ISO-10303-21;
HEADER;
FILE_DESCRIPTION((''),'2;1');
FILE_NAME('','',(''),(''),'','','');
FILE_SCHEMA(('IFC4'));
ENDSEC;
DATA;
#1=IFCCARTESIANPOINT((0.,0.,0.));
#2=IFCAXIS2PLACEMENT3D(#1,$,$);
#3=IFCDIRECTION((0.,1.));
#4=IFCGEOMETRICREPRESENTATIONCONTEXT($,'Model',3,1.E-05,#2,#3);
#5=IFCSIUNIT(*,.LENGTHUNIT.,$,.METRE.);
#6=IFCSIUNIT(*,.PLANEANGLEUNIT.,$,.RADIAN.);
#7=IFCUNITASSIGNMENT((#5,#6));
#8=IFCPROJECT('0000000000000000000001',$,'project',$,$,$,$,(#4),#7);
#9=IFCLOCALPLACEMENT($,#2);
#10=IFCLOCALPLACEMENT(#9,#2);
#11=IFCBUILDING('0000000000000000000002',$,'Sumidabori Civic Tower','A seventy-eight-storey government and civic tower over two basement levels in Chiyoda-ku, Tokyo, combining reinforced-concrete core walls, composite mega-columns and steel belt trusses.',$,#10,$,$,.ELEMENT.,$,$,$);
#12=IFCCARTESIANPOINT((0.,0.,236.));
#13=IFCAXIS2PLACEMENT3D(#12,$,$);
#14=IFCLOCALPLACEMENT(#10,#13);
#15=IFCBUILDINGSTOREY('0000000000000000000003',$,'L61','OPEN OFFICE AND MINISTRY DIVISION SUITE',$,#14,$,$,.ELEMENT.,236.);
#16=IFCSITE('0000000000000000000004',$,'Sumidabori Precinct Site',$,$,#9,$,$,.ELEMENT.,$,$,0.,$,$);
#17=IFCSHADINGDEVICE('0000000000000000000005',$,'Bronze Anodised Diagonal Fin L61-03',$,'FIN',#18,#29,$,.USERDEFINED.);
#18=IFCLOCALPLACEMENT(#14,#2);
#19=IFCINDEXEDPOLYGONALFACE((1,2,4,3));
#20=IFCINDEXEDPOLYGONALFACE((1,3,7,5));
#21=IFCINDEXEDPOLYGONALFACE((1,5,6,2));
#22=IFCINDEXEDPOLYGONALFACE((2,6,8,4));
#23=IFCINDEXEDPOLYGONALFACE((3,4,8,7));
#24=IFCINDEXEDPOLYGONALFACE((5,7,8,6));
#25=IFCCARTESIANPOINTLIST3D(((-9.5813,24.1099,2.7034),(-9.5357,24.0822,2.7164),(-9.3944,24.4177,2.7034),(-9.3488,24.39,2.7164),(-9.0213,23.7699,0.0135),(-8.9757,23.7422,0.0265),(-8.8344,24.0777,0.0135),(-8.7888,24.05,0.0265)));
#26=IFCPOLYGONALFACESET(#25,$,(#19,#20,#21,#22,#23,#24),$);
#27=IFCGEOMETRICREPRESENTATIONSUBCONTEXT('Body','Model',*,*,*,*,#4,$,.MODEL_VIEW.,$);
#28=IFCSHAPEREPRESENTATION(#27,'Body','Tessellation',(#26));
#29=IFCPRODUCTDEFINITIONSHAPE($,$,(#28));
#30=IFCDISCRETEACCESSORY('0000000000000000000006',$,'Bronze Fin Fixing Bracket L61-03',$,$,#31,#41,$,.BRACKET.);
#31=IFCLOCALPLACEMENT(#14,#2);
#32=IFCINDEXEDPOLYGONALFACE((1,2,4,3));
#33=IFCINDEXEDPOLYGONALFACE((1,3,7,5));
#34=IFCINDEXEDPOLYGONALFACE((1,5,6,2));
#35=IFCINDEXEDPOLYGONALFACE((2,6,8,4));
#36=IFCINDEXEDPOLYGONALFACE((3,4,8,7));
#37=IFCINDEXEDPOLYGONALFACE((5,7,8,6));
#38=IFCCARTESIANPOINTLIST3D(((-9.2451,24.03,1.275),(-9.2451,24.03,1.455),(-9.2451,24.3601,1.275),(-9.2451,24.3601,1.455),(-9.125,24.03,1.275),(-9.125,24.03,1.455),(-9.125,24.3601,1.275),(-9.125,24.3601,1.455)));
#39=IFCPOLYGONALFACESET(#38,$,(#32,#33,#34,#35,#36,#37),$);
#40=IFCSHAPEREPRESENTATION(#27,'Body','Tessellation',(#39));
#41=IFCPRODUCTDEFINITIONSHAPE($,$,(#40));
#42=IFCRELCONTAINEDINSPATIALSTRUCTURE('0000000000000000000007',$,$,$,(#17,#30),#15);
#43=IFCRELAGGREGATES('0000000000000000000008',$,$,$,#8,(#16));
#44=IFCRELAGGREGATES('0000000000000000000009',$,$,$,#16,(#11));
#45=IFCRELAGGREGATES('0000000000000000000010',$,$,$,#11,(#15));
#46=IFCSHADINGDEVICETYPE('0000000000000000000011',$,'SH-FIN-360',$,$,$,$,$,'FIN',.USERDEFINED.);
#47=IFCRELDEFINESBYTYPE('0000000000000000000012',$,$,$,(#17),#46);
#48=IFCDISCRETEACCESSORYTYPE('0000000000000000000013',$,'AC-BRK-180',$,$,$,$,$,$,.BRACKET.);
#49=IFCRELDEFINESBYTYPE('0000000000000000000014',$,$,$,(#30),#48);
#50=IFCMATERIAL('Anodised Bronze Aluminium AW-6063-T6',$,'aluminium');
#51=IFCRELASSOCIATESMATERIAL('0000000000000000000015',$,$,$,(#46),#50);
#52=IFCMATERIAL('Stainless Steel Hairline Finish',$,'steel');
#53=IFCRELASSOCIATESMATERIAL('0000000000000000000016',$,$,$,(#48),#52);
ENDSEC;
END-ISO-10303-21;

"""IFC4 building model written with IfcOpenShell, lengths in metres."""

from ifc_helpers import new_model, si_unit, direction, frame, origin, origin_2d, place, context, subcontext, project, spatial, rectangle, extrude, source, transform, mapped, material, material_profile, profile_set, type_object, element, save


model = new_model("IFC4")

# Units and contexts
model_context = context("Model", 3, precision=1e-05, world=origin(), true_north=direction((0.0, 1.0)))
body_context = subcontext(model_context, "Body", "Model", "MODEL_VIEW")
ifc_project = project(units=[si_unit("LENGTHUNIT", "METRE"), si_unit("PLANEANGLEUNIT", "RADIAN")], contexts=[model_context])

# Site, building, storey
site_placement = place(None, origin())
site = spatial("IfcSite", under=ifc_project, at=site_placement, Name="Sumidabori Precinct Site", CompositionType="ELEMENT", RefElevation=0.0)
building_placement = place(site_placement, origin())
building = spatial("IfcBuilding", under=site, at=building_placement, Name="Sumidabori Civic Tower", Description="A seventy-eight-storey government and civic tower over two basement levels in Chiyoda-ku, Tokyo, combining reinforced-concrete core walls, composite mega-columns and steel belt trusses.", CompositionType="ELEMENT")
storey_placement = place(building_placement, frame((0.0, 0.0, 236.0)))
storey = spatial("IfcBuildingStorey", under=building, at=storey_placement, Name="L61", Description="OPEN OFFICE AND MINISTRY DIVISION SUITE", CompositionType="ELEMENT", Elevation=236.0)

# Shared definitions
ifc_material_1 = material(Name="Anodised Bronze Aluminium AW-6063-T6", Category="aluminium")

# Shading device
ifc_material_profile_1 = material_profile(ifc_material_1, rectangle(XDim=0.0549, YDim=0.3601, at=origin_2d()), Name="BRONZE FIN 360x55")
ifc_profile_set_1 = profile_set([ifc_material_profile_1], Name="Anodised Bronze Aluminium AW-6063-T6")
shading_device_type = type_object("IfcShadingDeviceType", Name="SH-FIN-360", ElementType="FIN", PredefinedType="USERDEFINED", material=ifc_profile_set_1)
shared_shape_1 = source(origin(), body_context, "Body", "SweptSolid", [
    extrude(rectangle(XDim=0.0549, YDim=0.3601, at=origin_2d()), origin(), (0.0, 0.0, 1.0), 2.7686),
])
shading_device_placement = place(storey_placement, frame((-8.905, 23.9099, 0.02), z_axis=(-0.20229, 0.122838, 0.971591), x_axis=(0.83047, -0.504291, 0.236665)))
element("IfcShadingDevice", 1, at=shading_device_placement, inside=storey, type_object=shading_device_type, Name="Bronze Anodised Diagonal Fin L61-03", ObjectType="FIN", PredefinedType="USERDEFINED", context=body_context, shape_type="MappedRepresentation", body=[
    mapped(shared_shape_1, transform((0.0, 0.0, 0.0), x_axis=(1.0, 0.0, 0.0), y_axis=(0.0, 1.0, 0.0), z_axis=(0.0, 0.0, 1.0), scale=1.0)),
])

# Discrete accessory
ifc_material_2 = material(Name="Stainless Steel Hairline Finish", Category="steel")
ifc_material_profile_2 = material_profile(ifc_material_2, rectangle(XDim=0.1201, YDim=0.1799, at=origin_2d()), Name="STEEL BRACKET 180x120")
ifc_profile_set_2 = profile_set([ifc_material_profile_2], Name="Stainless Steel Hairline Finish")
discrete_accessory_type = type_object("IfcDiscreteAccessoryType", Name="AC-BRK-180", PredefinedType="BRACKET", material=ifc_profile_set_2)
shared_shape_2 = source(origin(), body_context, "Body", "SweptSolid", [
    extrude(rectangle(XDim=0.1201, YDim=0.1799, at=origin_2d()), origin(), (0.0, 0.0, 1.0), 0.3301),
])
discrete_accessory_placement = place(storey_placement, frame((-9.1851, 24.03, 1.365), z_axis=(0.0, 1.0, 0.0), x_axis=(-1.0, 0.0, 0.0)))
element("IfcDiscreteAccessory", 2, at=discrete_accessory_placement, inside=storey, type_object=discrete_accessory_type, Name="Bronze Fin Fixing Bracket L61-03", PredefinedType="BRACKET", context=body_context, shape_type="MappedRepresentation", body=[
    mapped(shared_shape_2, transform((0.0, 0.0, 0.0), x_axis=(1.0, 0.0, 0.0), y_axis=(0.0, 1.0, 0.0), z_axis=(0.0, 0.0, 1.0), scale=1.0)),
])

save(model, "model.ifc")
